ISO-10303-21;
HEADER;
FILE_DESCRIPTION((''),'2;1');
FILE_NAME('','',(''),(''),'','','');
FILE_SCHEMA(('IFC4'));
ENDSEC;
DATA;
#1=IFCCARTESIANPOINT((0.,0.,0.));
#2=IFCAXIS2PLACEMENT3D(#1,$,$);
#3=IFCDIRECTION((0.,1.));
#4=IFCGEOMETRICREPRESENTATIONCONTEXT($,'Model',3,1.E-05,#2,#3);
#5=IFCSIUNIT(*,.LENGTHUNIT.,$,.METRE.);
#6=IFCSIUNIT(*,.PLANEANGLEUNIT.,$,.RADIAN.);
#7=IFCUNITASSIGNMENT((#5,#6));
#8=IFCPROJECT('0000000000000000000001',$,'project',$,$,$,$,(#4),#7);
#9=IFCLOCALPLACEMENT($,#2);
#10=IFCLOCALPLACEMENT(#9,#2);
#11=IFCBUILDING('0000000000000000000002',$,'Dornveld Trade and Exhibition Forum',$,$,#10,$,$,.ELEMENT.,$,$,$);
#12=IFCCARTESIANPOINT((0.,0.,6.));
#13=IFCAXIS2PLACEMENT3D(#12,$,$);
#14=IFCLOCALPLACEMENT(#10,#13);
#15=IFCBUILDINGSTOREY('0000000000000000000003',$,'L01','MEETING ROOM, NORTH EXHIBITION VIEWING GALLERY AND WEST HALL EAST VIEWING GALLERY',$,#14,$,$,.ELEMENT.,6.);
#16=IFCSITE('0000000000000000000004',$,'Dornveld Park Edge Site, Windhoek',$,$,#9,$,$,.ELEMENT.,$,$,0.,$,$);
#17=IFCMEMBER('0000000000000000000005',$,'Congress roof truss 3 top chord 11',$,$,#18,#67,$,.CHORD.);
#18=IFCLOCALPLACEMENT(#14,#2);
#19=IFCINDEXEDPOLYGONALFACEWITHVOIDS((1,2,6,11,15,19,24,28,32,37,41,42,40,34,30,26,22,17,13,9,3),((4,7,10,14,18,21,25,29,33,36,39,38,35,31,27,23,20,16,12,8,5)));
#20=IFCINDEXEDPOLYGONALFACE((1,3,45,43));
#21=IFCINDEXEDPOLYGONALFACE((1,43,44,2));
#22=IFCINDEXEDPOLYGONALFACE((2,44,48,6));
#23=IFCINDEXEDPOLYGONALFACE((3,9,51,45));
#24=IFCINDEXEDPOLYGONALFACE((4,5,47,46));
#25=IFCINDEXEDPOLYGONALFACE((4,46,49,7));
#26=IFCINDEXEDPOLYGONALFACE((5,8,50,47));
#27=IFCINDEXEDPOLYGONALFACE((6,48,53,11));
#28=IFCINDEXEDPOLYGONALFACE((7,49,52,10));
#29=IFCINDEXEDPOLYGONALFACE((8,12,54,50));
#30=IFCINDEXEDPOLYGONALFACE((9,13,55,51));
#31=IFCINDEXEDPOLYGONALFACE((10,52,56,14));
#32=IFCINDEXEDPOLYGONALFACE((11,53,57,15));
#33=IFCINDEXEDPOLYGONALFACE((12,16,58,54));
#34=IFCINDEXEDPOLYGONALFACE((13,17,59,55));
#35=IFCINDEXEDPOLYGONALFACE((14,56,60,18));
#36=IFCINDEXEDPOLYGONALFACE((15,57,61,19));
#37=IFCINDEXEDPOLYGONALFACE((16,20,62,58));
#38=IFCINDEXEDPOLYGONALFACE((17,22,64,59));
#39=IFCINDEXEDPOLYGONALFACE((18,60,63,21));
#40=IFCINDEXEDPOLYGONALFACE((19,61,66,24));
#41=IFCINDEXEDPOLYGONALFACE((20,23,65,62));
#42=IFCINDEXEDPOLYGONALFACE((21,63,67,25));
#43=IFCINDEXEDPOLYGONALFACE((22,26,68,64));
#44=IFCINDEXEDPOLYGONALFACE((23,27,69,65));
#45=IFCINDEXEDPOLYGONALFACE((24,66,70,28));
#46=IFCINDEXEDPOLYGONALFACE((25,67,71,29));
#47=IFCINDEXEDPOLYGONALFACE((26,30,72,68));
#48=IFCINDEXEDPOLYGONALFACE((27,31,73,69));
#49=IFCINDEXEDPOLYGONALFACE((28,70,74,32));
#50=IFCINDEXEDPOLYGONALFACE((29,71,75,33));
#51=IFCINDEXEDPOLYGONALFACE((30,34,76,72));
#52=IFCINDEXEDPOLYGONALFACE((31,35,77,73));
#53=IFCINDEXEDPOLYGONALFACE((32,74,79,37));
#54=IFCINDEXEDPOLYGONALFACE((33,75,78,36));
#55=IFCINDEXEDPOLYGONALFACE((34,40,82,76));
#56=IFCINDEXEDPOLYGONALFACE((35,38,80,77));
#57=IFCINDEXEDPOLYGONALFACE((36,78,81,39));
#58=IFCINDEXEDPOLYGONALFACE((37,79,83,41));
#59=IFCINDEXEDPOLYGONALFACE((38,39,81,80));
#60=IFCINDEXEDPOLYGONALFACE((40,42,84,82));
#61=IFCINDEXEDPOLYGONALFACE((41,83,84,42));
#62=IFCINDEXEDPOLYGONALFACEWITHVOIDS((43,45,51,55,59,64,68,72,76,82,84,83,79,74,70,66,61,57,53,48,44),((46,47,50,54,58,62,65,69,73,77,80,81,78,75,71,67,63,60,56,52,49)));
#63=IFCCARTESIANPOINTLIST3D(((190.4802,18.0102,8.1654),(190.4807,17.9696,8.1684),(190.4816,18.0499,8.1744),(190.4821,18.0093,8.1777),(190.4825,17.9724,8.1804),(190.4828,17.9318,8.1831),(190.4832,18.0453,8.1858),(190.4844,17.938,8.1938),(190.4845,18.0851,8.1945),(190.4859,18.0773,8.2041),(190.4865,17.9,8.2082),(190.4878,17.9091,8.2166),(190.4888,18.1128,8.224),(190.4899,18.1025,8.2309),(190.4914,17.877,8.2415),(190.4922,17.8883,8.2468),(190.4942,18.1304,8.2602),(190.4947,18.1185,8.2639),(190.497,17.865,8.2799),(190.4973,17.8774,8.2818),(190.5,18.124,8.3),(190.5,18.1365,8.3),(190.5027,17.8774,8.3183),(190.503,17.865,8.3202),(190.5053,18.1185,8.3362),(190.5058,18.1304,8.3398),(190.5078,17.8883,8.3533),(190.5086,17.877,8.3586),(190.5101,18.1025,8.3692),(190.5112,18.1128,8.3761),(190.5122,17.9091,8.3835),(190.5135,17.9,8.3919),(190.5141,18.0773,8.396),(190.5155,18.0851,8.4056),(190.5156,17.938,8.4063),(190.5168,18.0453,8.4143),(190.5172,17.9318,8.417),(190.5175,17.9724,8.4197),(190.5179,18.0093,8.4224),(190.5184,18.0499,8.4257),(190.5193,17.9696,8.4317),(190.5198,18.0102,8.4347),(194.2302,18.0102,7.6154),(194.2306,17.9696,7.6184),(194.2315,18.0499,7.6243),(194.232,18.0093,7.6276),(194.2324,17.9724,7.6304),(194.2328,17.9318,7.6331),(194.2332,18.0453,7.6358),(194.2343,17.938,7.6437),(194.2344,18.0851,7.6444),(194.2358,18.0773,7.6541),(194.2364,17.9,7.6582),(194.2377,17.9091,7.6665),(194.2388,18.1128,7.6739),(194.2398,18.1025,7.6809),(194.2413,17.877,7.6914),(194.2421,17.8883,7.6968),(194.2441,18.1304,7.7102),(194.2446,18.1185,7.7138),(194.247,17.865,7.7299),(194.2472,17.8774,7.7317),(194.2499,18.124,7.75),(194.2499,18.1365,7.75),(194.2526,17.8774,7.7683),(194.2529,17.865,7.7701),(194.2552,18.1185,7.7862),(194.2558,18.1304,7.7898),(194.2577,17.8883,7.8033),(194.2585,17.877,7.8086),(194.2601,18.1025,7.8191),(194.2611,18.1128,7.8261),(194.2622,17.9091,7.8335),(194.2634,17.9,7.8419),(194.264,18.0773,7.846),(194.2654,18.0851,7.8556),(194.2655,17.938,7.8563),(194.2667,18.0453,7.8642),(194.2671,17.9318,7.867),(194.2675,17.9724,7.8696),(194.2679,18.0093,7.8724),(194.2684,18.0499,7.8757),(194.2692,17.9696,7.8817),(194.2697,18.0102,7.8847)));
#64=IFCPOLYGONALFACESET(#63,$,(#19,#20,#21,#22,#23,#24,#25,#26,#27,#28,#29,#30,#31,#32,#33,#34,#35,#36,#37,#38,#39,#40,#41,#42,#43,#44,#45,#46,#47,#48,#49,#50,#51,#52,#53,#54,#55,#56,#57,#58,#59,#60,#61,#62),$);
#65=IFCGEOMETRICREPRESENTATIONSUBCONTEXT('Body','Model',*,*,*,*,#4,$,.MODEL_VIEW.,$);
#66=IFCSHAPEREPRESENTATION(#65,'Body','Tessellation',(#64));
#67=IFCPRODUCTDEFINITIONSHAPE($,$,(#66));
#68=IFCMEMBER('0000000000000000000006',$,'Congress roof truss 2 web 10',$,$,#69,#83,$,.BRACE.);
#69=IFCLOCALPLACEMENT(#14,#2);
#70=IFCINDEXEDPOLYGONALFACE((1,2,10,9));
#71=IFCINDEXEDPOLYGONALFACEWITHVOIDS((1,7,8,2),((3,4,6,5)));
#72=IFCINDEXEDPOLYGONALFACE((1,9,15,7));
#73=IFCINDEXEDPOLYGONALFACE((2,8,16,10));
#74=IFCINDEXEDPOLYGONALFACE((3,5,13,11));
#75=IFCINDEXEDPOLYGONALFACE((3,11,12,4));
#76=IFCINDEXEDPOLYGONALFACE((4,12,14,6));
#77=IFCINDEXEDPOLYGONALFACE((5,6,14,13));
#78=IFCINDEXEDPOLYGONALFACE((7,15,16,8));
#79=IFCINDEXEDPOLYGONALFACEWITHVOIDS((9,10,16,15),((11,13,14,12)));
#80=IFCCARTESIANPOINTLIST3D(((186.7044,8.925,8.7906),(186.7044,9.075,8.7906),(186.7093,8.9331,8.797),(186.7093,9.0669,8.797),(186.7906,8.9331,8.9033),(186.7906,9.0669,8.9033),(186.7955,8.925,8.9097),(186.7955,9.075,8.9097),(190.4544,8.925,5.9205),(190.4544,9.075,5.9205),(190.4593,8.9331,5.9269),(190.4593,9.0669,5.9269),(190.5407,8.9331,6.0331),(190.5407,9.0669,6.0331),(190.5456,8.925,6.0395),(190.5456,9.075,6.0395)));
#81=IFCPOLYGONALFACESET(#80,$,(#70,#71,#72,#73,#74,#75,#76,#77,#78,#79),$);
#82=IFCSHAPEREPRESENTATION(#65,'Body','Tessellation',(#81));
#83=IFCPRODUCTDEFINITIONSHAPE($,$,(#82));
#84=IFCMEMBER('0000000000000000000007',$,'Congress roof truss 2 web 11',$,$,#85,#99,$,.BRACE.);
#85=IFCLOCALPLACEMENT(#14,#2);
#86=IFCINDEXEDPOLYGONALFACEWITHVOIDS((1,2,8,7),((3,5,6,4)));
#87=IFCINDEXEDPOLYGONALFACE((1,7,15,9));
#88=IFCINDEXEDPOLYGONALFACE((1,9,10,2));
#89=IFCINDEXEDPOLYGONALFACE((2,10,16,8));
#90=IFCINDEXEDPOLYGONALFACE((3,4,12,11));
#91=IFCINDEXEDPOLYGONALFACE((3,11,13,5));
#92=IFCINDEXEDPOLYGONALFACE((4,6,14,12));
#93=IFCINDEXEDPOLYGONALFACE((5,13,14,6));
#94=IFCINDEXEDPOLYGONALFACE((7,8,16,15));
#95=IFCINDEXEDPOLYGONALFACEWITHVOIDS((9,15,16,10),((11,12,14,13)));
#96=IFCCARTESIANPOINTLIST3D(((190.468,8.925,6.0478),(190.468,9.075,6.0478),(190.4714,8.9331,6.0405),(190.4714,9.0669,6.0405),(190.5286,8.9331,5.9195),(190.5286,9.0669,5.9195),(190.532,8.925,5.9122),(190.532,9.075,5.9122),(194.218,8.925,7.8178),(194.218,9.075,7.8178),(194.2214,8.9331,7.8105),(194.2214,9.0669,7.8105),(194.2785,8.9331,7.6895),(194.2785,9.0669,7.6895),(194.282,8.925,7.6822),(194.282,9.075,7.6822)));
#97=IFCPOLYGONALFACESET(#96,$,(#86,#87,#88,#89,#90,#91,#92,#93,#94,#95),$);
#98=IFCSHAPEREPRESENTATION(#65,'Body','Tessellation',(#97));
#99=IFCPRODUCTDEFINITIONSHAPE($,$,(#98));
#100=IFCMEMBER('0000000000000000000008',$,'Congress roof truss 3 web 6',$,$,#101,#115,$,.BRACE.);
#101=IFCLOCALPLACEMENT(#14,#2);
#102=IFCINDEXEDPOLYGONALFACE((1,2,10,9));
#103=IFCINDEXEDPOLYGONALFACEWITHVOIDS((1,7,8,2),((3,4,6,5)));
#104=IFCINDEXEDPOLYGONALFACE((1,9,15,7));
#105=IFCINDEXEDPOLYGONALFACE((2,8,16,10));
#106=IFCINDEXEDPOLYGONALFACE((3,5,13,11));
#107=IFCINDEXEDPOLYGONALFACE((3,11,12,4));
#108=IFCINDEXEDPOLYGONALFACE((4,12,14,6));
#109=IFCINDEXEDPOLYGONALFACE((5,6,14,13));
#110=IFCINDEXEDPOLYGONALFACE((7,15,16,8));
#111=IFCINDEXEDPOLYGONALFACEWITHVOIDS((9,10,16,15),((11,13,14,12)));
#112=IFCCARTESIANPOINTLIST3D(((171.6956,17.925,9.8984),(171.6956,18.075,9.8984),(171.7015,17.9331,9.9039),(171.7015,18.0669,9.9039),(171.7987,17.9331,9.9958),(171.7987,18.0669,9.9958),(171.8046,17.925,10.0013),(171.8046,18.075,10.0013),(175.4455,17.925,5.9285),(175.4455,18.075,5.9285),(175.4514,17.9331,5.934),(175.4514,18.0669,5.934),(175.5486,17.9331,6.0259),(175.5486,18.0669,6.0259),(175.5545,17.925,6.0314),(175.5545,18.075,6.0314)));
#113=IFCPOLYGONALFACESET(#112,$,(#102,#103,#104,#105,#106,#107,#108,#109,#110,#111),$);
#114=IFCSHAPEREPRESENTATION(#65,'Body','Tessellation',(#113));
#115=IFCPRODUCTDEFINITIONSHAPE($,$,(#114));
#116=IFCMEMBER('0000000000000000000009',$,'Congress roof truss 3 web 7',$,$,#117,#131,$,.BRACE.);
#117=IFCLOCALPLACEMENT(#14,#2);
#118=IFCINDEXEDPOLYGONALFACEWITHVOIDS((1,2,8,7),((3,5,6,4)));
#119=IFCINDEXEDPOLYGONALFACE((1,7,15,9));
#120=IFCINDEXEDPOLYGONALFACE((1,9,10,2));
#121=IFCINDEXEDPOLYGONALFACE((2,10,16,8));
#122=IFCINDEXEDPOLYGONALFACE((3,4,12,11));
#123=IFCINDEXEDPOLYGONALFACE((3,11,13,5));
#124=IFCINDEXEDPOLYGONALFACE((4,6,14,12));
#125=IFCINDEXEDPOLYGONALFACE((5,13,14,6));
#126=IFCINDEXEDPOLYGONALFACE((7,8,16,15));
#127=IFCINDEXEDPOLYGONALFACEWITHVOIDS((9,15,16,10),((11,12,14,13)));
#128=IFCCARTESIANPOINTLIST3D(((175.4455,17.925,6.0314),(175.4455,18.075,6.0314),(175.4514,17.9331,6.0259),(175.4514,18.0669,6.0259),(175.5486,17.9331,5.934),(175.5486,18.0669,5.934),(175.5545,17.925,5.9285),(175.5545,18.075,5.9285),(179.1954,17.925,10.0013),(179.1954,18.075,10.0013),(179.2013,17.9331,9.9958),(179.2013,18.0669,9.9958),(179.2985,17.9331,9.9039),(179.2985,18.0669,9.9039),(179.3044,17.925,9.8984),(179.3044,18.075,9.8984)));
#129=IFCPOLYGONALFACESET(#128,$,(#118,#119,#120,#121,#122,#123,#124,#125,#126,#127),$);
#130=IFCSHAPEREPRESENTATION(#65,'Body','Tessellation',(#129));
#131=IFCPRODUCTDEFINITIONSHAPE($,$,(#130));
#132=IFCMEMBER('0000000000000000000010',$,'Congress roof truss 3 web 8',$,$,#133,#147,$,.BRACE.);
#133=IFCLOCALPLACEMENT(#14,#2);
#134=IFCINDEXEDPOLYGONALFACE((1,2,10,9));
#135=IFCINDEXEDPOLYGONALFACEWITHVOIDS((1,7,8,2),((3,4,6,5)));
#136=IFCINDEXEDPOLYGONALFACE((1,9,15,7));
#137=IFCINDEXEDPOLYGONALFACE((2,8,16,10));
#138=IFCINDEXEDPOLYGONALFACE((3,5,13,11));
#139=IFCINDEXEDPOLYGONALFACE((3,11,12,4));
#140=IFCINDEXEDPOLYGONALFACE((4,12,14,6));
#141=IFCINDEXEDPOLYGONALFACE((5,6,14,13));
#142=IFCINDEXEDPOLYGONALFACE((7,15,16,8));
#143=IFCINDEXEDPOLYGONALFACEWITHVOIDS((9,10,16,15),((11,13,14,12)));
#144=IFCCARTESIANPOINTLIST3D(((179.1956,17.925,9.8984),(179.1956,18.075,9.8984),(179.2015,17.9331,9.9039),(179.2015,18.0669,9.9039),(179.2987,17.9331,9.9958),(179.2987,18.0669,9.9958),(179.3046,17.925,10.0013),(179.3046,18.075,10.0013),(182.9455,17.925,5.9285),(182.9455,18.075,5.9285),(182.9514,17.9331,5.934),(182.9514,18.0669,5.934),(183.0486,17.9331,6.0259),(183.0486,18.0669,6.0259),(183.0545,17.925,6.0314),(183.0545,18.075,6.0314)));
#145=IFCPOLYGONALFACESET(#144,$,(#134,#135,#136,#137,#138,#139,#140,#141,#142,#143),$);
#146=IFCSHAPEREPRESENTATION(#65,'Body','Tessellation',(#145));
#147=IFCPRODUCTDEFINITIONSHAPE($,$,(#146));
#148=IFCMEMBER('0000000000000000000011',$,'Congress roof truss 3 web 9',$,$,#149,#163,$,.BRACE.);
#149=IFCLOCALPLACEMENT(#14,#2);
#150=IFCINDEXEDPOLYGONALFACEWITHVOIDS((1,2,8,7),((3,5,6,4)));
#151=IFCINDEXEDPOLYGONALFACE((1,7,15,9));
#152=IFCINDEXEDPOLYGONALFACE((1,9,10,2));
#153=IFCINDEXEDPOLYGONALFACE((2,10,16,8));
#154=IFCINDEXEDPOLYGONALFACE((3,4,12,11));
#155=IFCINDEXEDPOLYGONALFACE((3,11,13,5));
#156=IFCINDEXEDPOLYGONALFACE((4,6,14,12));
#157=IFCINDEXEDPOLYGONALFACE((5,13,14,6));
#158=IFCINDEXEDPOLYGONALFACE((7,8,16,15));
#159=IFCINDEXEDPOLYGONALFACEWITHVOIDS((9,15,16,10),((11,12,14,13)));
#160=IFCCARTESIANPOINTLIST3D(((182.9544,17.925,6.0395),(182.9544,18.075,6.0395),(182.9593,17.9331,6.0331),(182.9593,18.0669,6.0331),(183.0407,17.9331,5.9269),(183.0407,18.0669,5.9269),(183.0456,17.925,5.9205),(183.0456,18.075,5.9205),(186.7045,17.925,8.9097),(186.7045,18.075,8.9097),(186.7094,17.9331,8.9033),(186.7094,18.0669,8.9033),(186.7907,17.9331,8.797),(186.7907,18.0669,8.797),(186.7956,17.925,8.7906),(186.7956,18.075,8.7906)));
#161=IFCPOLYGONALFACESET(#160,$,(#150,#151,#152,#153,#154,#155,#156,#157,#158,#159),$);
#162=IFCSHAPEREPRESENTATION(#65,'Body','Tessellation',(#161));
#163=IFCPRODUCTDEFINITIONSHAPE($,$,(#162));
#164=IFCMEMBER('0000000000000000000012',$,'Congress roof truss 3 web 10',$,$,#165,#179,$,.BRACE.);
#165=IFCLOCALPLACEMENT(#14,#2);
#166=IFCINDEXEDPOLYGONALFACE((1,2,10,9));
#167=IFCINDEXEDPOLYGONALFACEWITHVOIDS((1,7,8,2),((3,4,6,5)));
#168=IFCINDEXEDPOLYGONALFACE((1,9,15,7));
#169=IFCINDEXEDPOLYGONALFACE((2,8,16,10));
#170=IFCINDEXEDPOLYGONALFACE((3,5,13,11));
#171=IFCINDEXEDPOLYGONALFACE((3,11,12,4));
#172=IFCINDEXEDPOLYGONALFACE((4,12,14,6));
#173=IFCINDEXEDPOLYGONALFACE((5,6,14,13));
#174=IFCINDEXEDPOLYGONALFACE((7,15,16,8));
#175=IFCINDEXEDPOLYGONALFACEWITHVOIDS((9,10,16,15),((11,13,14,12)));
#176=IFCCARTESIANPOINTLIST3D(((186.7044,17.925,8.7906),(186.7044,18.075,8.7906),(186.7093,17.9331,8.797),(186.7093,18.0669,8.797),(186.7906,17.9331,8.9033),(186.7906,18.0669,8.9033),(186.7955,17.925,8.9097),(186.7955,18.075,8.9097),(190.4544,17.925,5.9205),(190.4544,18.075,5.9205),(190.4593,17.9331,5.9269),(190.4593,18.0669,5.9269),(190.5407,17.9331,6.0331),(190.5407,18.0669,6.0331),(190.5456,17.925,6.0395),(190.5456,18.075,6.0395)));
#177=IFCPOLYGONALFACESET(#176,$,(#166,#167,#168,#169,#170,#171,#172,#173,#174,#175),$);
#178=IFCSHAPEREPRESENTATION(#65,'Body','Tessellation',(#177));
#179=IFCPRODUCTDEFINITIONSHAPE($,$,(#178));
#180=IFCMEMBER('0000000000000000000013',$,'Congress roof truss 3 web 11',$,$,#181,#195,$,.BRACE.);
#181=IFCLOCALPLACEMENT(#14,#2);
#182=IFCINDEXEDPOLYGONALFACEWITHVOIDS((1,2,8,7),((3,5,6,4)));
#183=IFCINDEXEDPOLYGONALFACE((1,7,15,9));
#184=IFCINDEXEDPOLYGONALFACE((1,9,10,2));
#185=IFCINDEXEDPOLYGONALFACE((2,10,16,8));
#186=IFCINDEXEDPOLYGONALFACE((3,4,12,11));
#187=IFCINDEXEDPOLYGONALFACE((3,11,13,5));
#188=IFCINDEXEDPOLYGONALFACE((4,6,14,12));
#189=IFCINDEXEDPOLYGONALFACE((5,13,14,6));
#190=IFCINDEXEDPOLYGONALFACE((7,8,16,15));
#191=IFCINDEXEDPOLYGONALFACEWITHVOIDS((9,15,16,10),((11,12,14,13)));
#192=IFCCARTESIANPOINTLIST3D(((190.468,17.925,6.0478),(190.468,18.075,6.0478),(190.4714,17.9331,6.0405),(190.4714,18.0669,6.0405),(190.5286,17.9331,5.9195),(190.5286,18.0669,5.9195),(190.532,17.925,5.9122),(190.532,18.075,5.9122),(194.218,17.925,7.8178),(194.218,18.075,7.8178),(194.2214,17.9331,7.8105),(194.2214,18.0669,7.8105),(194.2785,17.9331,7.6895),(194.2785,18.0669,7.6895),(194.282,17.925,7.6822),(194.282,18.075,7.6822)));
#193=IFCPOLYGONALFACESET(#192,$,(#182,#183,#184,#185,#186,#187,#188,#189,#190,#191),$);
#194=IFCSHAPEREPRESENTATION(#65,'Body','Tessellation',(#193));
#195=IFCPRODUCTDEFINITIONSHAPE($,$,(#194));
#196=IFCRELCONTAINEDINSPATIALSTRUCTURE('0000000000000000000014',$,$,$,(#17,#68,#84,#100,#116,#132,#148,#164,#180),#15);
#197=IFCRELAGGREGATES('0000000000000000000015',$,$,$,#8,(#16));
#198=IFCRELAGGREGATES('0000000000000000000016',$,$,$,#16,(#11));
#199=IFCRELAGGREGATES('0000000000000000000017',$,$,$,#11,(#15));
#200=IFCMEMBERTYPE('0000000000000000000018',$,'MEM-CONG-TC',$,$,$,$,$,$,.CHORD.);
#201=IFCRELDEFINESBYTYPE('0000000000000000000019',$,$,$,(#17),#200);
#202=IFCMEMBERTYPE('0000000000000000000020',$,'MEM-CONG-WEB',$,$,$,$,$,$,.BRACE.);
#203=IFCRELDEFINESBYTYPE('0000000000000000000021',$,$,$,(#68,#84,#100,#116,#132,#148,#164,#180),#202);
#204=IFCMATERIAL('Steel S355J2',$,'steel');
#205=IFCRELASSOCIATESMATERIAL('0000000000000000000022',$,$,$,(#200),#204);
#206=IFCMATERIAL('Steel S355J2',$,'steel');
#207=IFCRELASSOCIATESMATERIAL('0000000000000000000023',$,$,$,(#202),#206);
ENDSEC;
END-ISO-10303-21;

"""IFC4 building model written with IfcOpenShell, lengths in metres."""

from ifc_helpers import new_model, si_unit, direction, frame, origin, origin_2d, place, context, subcontext, project, spatial, hollow_rectangle, hollow_circle, extrude, material, material_profile, profile_set, type_object, element, save


model = new_model("IFC4")

# Units and contexts
model_context = context("Model", 3, precision=1e-05, world=origin(), true_north=direction((0.0, 1.0)))
body_context = subcontext(model_context, "Body", "Model", "MODEL_VIEW")
ifc_project = project(units=[si_unit("LENGTHUNIT", "METRE"), si_unit("PLANEANGLEUNIT", "RADIAN")], contexts=[model_context])

# Site, building, storey
site_placement = place(None, origin())
site = spatial("IfcSite", under=ifc_project, at=site_placement, Name="Dornveld Park Edge Site, Windhoek", CompositionType="ELEMENT", RefElevation=0.0)
building_placement = place(site_placement, origin())
building = spatial("IfcBuilding", under=site, at=building_placement, Name="Dornveld Trade and Exhibition Forum", CompositionType="ELEMENT")
storey_placement = place(building_placement, frame((0.0, 0.0, 6.0)))
storey = spatial("IfcBuildingStorey", under=building, at=storey_placement, Name="L01", Description="MEETING ROOM, NORTH EXHIBITION VIEWING GALLERY AND WEST HALL EAST VIEWING GALLERY", CompositionType="ELEMENT", Elevation=6.0)

# Members
ifc_material_1 = material(Name="Steel S355J2", Category="steel")
ifc_material_profile_1 = material_profile(ifc_material_1, hollow_circle(Radius=0.1365, WallThickness=0.0125, at=origin_2d()), Name="CHS 273x12.5")
ifc_profile_set_1 = profile_set([ifc_material_profile_1], Name="Steel S355J2")
member_type_1 = type_object("IfcMemberType", Name="MEM-CONG-TC", PredefinedType="CHORD", material=ifc_profile_set_1)
for number, where, z_axis, x_axis, name in (
    (1, (190.5, 18.0, 8.3), (0.989413, 0.0, -0.145127), (0.0, 1.0, 0.0), "Congress roof truss 3 top chord 11"),
):
    element("IfcMember", number, at=place(storey_placement, frame(where, z_axis=z_axis, x_axis=x_axis)), inside=storey, type_object=member_type_1, Name=name, PredefinedType="CHORD", context=body_context, shape_type="SweptSolid", body=[
        extrude(hollow_circle(Radius=0.1365, WallThickness=0.0125, at=origin_2d()), origin(), (0.0, 0.0, 1.0), 3.79),
    ])
ifc_material_2 = material(Name="Steel S355J2", Category="steel")
ifc_material_profile_2 = material_profile(ifc_material_2, hollow_rectangle(XDim=0.1499, YDim=0.1499, WallThickness=0.0081, at=origin_2d()), Name="SHS 150x150x8")
ifc_profile_set_2 = profile_set([ifc_material_profile_2], Name="Steel S355J2")
member_type_2 = type_object("IfcMemberType", Name="MEM-CONG-WEB", PredefinedType="BRACE", material=ifc_profile_set_2)
member_1_placement = place(storey_placement, frame((190.5, 9.0, 5.98), z_axis=(-0.794105, 0.0, 0.60778), x_axis=(0.0, -1.0, 0.0)))
element("IfcMember", 2, at=member_1_placement, inside=storey, type_object=member_type_2, Name="Congress roof truss 2 web 10", PredefinedType="BRACE", context=body_context, shape_type="SweptSolid", body=[
    extrude(hollow_rectangle(XDim=0.1499, YDim=0.1499, WallThickness=0.0081, at=origin_2d()), origin(), (0.0, 0.0, 1.0), 4.7224),
])
member_2_placement = place(storey_placement, frame((190.5, 9.0, 5.98), z_axis=(0.904324, 0.0, 0.426846), x_axis=(0.0, 1.0, 0.0)))
element("IfcMember", 3, at=member_2_placement, inside=storey, type_object=member_type_2, Name="Congress roof truss 2 web 11", PredefinedType="BRACE", context=body_context, shape_type="SweptSolid", body=[
    extrude(hollow_rectangle(XDim=0.1499, YDim=0.1499, WallThickness=0.0081, at=origin_2d()), origin(), (0.0, 0.0, 1.0), 4.1467),
])
for number, where, z_axis, x_axis, name in (
    (4, (175.5, 18.0, 5.98), (-0.68668, 0.0, 0.72696), (0.0, -1.0, 0.0), "Congress roof truss 3 web 6"),
    (5, (175.5, 18.0, 5.98), (0.68668, 0.0, 0.72696), (0.0, 1.0, 0.0), "Congress roof truss 3 web 7"),
    (6, (183.0, 18.0, 5.98), (-0.68668, 0.0, 0.72696), (0.0, -1.0, 0.0), "Congress roof truss 3 web 8"),
):
    element("IfcMember", number, at=place(storey_placement, frame(where, z_axis=z_axis, x_axis=x_axis)), inside=storey, type_object=member_type_2, Name=name, PredefinedType="BRACE", context=body_context, shape_type="SweptSolid", body=[
        extrude(hollow_rectangle(XDim=0.1499, YDim=0.1499, WallThickness=0.0081, at=origin_2d()), origin(), (0.0, 0.0, 1.0), 5.4609),
    ])
for number, where, z_axis, x_axis, name in (
    (7, (183.0, 18.0, 5.98), (0.794105, 0.0, 0.60778), (0.0, 1.0, 0.0), "Congress roof truss 3 web 9"),
    (8, (190.5, 18.0, 5.98), (-0.794105, 0.0, 0.60778), (0.0, -1.0, 0.0), "Congress roof truss 3 web 10"),
):
    element("IfcMember", number, at=place(storey_placement, frame(where, z_axis=z_axis, x_axis=x_axis)), inside=storey, type_object=member_type_2, Name=name, PredefinedType="BRACE", context=body_context, shape_type="SweptSolid", body=[
        extrude(hollow_rectangle(XDim=0.1499, YDim=0.1499, WallThickness=0.0081, at=origin_2d()), origin(), (0.0, 0.0, 1.0), 4.7224),
    ])
member_3_placement = place(storey_placement, frame((190.5, 18.0, 5.98), z_axis=(0.904324, 0.0, 0.426846), x_axis=(0.0, 1.0, 0.0)))
element("IfcMember", 9, at=member_3_placement, inside=storey, type_object=member_type_2, Name="Congress roof truss 3 web 11", PredefinedType="BRACE", context=body_context, shape_type="SweptSolid", body=[
    extrude(hollow_rectangle(XDim=0.1499, YDim=0.1499, WallThickness=0.0081, at=origin_2d()), origin(), (0.0, 0.0, 1.0), 4.1467),
])

save(model, "model.ifc")
